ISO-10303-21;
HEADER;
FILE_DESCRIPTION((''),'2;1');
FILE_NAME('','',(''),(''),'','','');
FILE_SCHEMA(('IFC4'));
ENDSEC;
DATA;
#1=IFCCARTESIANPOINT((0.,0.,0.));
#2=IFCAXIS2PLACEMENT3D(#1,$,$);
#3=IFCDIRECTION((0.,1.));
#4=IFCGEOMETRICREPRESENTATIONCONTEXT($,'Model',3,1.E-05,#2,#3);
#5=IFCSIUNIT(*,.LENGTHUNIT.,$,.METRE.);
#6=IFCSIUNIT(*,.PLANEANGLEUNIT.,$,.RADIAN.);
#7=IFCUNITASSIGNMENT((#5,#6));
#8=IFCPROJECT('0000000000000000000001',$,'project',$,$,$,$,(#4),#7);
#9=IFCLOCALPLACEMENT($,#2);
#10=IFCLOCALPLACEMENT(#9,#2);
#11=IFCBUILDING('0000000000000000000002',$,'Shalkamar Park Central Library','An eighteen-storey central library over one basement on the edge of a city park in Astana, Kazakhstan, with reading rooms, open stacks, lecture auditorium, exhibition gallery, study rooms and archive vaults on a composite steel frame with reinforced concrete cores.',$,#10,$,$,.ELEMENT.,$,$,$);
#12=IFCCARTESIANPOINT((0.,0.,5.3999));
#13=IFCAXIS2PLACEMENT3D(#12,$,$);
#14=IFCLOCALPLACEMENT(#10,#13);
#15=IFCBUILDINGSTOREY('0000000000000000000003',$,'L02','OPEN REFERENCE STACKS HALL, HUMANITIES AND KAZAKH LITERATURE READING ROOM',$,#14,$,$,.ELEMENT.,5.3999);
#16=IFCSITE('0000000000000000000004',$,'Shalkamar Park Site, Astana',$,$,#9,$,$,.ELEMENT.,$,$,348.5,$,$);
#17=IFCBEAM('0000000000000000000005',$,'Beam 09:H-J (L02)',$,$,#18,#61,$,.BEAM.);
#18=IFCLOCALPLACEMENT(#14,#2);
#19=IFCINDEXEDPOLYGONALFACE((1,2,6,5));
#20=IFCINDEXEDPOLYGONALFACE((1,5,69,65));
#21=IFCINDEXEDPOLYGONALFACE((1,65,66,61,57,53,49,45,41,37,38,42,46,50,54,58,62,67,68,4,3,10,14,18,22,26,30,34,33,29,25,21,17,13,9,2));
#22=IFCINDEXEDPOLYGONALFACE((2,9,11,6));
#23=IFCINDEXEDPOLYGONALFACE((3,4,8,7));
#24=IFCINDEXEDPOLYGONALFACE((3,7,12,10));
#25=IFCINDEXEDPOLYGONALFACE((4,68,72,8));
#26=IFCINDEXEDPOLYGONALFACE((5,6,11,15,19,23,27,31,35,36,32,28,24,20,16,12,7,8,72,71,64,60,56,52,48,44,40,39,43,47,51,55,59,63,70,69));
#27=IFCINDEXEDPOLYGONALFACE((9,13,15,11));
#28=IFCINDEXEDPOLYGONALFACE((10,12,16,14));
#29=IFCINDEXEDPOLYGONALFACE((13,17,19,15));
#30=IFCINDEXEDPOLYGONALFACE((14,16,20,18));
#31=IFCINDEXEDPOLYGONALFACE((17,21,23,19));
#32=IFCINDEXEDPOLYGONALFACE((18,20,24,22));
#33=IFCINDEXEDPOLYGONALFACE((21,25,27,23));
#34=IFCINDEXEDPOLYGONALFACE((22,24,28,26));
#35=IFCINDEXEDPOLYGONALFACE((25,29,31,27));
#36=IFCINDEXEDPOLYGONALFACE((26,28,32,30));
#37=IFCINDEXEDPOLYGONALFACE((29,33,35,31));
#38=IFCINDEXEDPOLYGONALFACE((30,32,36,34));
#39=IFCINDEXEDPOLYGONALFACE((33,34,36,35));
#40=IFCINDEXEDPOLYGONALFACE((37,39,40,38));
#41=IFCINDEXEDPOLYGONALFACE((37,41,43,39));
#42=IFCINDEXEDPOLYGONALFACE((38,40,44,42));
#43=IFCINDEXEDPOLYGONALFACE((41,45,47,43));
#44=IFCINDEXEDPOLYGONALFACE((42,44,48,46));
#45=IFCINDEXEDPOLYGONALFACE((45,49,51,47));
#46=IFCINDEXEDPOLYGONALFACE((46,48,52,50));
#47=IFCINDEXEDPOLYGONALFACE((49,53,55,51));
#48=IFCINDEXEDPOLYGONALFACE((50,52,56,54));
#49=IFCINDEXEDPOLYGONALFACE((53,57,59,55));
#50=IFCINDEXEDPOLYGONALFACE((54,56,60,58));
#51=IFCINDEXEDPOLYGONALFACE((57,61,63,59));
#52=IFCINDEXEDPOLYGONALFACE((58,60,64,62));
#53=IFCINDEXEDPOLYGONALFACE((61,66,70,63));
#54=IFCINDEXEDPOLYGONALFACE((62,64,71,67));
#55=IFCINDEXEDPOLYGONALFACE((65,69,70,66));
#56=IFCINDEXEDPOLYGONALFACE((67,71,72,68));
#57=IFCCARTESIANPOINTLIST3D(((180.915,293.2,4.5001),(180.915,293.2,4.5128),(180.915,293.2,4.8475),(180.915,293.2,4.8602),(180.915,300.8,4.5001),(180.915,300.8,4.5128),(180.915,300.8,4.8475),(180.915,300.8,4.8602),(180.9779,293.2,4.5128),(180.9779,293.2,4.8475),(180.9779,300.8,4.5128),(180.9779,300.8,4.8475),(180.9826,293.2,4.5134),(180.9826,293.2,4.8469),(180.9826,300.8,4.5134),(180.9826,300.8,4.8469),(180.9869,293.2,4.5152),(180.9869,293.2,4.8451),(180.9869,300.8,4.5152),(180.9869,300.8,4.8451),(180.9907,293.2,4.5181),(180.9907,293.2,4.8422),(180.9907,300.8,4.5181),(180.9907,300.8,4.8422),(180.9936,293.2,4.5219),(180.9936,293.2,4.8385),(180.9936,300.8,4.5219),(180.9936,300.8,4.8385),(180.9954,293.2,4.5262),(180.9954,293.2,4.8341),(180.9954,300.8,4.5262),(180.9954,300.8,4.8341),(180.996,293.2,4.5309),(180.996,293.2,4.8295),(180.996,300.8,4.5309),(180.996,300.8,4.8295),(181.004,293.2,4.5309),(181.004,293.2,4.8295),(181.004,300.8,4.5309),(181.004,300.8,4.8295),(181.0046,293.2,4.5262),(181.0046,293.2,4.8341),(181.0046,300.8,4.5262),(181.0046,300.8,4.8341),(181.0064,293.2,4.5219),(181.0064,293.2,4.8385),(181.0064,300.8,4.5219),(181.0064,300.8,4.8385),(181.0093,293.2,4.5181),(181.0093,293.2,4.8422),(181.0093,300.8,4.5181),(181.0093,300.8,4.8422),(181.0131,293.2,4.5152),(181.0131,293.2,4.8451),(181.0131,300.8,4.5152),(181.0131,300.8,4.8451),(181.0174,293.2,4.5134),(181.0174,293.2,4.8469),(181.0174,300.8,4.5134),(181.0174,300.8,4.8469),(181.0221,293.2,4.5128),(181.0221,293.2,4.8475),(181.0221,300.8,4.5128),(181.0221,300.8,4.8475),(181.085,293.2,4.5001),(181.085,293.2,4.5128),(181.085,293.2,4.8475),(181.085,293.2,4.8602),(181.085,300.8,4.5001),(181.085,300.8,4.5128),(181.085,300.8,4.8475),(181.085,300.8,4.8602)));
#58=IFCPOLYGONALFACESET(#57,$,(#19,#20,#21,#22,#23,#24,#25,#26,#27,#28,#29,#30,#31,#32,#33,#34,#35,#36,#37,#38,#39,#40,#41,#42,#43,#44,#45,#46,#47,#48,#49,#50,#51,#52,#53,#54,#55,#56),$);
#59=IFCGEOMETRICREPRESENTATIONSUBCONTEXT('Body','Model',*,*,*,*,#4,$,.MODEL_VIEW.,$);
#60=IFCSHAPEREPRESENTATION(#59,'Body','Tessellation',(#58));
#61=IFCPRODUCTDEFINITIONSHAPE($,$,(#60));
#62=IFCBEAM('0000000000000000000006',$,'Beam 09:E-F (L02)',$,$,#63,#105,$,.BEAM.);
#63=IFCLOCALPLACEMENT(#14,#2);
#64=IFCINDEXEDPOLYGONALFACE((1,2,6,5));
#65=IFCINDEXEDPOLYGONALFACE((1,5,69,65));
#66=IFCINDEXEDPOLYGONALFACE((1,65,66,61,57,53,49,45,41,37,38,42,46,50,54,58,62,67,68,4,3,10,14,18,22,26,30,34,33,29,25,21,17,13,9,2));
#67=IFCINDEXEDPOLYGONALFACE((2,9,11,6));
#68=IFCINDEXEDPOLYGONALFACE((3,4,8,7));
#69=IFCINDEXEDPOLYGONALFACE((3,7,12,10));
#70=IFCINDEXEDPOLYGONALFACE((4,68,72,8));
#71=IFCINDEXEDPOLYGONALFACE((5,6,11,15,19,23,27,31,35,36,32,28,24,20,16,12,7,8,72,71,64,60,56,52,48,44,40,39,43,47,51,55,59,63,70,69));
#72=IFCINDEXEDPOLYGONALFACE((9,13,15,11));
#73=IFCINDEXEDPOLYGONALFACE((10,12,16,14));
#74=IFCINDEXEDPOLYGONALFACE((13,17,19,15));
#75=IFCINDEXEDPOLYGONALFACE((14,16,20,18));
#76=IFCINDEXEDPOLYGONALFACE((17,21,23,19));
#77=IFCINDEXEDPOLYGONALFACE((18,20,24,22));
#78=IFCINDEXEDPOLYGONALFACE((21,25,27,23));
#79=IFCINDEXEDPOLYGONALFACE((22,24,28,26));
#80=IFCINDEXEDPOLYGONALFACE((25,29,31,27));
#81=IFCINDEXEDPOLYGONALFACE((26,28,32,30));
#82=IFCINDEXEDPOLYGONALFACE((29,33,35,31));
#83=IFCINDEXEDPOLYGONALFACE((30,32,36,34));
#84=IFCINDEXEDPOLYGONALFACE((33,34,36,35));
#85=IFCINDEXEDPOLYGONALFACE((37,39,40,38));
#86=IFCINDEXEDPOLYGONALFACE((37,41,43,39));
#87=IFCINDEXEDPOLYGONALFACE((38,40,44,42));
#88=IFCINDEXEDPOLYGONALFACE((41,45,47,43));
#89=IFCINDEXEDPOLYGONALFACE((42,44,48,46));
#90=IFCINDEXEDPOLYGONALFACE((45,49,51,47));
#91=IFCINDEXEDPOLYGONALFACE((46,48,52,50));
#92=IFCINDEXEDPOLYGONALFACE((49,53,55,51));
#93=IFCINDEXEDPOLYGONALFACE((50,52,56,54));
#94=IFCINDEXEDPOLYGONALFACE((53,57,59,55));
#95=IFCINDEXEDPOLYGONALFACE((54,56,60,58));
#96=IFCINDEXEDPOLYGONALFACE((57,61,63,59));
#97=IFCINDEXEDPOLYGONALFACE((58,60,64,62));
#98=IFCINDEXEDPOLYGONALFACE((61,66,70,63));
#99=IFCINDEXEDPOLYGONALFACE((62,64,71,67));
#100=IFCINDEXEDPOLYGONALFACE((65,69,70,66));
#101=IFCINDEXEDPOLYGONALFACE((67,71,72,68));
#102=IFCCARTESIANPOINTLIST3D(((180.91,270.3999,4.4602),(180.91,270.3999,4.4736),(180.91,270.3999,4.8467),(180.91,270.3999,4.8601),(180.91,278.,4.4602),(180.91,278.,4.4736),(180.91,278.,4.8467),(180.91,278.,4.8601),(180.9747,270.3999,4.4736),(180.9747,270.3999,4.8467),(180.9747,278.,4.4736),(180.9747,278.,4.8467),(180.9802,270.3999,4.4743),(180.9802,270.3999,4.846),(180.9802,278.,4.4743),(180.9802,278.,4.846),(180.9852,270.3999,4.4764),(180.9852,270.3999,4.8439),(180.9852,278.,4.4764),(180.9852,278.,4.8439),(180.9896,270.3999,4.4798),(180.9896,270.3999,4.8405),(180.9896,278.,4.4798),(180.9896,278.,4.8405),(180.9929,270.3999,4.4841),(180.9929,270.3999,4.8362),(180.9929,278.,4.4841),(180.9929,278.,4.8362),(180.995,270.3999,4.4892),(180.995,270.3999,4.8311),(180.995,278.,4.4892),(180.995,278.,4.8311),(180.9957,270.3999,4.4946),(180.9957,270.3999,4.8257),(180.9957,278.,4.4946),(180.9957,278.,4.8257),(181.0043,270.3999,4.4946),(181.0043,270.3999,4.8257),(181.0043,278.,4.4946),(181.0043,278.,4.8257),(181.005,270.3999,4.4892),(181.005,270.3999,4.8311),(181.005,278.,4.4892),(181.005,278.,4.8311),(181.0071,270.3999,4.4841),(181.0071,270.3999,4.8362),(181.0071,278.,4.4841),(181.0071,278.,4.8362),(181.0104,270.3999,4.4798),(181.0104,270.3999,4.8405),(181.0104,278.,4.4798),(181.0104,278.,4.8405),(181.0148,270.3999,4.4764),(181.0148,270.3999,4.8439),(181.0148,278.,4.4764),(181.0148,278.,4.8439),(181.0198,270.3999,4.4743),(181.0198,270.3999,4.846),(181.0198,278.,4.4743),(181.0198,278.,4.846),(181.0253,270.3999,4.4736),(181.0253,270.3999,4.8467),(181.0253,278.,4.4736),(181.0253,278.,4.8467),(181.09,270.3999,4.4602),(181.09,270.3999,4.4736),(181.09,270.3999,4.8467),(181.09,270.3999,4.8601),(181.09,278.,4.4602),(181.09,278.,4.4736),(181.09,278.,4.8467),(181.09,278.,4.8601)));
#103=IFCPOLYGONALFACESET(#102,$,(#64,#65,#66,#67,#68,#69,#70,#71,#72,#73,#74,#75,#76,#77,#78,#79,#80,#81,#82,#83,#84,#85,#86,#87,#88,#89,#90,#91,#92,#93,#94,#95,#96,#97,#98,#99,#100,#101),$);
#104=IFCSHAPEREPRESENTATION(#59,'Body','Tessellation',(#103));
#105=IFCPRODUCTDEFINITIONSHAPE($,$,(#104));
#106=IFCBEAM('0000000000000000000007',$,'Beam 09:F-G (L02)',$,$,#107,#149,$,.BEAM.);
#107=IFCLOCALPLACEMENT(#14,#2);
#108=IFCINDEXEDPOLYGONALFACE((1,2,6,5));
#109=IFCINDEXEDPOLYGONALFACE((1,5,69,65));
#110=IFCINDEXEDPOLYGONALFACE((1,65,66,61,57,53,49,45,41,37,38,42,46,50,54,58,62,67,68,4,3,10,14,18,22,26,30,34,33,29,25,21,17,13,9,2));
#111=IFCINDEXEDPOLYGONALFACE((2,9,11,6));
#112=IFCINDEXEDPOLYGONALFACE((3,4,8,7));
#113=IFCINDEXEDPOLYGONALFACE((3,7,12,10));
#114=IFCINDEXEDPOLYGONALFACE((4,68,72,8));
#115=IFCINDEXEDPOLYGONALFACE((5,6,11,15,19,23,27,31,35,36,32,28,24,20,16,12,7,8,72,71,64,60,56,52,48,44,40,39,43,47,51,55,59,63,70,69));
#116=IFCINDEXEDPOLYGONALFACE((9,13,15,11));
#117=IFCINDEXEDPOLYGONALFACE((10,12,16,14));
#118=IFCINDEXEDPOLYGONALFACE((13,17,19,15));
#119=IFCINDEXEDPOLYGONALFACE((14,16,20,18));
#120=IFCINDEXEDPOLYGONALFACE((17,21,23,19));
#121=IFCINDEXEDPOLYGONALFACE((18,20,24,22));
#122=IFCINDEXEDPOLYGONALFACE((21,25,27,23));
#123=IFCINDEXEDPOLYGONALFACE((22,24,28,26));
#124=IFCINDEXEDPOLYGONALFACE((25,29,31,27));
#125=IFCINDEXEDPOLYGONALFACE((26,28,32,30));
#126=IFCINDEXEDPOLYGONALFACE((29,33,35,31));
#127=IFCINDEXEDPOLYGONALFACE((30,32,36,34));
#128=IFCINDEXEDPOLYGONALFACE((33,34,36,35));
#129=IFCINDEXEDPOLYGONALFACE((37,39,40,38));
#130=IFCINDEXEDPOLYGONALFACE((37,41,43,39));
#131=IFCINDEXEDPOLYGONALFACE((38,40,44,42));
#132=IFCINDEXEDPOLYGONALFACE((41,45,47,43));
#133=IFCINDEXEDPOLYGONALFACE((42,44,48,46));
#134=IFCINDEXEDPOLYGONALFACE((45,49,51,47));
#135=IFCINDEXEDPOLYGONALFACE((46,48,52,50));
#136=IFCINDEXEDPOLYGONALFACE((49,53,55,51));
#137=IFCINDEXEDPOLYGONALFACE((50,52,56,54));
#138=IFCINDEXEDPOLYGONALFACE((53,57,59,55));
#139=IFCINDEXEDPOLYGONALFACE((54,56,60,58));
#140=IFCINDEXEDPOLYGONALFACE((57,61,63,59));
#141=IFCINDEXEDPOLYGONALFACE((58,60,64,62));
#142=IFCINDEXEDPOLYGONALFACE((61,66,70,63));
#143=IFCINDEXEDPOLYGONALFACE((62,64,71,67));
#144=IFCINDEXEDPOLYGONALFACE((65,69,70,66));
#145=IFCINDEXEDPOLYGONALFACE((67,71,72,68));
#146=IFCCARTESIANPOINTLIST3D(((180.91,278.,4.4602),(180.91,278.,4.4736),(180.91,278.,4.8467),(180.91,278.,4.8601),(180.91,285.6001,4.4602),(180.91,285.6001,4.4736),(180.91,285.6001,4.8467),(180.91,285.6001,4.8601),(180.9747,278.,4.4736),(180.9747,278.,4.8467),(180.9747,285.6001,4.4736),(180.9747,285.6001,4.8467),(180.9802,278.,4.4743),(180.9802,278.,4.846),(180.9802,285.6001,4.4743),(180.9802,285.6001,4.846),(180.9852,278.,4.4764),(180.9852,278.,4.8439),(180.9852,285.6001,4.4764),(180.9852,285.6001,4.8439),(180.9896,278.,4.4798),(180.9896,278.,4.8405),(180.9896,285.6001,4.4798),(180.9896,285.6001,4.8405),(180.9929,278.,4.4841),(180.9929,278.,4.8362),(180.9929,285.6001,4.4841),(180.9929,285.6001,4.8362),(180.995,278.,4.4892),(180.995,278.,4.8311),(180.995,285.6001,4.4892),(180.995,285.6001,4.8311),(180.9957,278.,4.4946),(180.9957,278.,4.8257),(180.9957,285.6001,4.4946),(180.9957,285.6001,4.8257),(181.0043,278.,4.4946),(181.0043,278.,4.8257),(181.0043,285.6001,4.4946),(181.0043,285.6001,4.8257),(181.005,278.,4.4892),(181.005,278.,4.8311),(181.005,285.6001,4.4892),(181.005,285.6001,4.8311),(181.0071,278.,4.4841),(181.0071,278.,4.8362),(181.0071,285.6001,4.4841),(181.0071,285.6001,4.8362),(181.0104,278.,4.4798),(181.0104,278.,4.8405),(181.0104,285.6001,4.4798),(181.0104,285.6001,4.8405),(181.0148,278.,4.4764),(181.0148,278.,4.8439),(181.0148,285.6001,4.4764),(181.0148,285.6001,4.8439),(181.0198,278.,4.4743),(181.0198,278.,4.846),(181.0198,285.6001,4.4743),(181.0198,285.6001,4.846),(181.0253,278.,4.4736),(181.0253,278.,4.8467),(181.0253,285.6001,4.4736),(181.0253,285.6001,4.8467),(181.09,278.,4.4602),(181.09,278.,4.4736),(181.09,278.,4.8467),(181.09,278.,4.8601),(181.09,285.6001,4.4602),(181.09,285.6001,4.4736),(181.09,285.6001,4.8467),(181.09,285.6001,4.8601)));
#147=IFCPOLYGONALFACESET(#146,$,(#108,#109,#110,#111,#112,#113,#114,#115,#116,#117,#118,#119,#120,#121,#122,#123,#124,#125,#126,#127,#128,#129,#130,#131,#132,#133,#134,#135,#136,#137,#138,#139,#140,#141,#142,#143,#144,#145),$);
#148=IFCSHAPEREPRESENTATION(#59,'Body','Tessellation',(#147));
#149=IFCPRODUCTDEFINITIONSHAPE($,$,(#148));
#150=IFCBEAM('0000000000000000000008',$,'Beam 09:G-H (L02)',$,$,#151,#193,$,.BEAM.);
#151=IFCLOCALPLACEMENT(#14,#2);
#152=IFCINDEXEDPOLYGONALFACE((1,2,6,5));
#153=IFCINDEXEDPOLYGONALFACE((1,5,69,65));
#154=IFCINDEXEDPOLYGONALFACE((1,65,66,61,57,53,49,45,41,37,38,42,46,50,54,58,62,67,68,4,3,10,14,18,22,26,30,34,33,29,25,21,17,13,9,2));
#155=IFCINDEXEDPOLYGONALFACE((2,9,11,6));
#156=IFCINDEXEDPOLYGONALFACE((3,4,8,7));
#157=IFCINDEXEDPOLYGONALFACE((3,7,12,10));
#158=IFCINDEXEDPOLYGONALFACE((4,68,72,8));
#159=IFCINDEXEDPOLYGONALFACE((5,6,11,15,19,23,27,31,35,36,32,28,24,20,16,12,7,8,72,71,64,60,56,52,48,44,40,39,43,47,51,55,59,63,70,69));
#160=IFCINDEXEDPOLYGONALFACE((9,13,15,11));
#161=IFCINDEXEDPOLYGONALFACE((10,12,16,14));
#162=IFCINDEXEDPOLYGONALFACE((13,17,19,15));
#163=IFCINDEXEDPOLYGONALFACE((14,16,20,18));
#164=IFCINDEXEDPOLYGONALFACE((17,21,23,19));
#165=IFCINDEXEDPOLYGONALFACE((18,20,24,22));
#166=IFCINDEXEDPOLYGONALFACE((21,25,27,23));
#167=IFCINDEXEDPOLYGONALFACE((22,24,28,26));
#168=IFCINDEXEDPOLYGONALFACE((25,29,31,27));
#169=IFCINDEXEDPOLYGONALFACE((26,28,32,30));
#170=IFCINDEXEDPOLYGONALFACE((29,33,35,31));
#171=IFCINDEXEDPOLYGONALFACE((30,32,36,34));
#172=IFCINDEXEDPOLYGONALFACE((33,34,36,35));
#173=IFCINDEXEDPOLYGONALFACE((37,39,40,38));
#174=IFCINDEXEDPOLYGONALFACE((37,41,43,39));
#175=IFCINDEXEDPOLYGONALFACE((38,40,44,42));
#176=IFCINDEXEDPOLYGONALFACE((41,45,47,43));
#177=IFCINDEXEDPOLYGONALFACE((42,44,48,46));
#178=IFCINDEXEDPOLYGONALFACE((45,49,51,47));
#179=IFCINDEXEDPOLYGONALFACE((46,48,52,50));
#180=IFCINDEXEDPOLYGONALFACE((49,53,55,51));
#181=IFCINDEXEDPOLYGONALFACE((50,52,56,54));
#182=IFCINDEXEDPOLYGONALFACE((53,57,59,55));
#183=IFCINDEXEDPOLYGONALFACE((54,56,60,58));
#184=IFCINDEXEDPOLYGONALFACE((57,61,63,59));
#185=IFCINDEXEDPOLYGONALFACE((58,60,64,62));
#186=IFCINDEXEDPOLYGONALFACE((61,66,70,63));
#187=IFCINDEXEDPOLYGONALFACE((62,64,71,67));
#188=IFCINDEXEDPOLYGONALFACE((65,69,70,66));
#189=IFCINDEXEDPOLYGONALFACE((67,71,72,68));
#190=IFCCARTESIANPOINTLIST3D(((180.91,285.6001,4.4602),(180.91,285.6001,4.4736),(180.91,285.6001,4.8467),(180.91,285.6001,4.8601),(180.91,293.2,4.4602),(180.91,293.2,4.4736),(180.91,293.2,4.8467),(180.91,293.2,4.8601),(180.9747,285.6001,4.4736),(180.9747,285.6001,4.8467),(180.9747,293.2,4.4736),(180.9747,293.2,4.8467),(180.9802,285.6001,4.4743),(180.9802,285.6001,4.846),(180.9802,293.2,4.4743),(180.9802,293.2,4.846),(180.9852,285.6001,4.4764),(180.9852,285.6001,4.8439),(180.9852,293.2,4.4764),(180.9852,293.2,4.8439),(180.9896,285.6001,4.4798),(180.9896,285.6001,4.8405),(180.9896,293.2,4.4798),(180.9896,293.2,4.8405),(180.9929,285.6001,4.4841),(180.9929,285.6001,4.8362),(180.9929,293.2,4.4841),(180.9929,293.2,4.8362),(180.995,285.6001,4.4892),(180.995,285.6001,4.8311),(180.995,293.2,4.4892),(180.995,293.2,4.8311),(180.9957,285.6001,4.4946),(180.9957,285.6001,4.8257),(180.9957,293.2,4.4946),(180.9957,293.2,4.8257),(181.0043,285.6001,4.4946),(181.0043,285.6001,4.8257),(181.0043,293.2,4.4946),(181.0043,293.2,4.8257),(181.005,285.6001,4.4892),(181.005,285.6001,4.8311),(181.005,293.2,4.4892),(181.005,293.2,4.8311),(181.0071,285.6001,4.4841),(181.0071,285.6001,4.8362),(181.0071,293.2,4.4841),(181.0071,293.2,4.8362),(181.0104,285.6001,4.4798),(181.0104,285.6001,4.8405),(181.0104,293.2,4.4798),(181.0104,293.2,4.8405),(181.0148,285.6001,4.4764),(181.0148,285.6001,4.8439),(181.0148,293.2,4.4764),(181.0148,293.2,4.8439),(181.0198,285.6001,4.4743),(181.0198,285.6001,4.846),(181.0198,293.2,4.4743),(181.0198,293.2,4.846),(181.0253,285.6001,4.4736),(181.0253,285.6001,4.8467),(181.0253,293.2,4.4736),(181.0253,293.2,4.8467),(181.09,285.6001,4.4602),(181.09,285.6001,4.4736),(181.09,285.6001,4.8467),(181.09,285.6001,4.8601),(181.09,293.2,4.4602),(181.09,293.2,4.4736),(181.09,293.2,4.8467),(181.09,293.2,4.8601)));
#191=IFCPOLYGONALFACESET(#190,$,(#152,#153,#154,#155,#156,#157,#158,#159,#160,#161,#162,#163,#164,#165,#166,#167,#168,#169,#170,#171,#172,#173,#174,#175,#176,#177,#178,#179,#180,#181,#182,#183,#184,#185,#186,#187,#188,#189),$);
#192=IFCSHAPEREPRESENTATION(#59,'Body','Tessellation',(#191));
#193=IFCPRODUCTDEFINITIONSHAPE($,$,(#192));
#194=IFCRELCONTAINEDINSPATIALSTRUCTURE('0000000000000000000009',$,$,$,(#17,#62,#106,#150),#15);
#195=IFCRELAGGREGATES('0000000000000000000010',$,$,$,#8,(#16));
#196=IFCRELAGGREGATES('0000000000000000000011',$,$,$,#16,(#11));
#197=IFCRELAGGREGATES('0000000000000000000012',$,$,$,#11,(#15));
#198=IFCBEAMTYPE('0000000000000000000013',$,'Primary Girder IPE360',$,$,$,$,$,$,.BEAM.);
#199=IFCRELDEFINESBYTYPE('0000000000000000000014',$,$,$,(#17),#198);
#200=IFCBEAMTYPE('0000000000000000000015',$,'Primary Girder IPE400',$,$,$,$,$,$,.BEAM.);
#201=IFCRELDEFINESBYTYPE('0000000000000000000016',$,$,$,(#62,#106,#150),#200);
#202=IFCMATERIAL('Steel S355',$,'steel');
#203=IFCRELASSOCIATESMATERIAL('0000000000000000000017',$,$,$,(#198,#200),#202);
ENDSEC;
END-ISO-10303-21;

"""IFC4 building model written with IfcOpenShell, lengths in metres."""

from ifc_helpers import new_model, si_unit, direction, frame, origin, origin_2d, place, context, subcontext, project, spatial, i_section, extrude, material, material_profile, profile_set, type_object, element, save


model = new_model("IFC4")

# Units and contexts
model_context = context("Model", 3, precision=1e-05, world=origin(), true_north=direction((0.0, 1.0)))
body_context = subcontext(model_context, "Body", "Model", "MODEL_VIEW")
ifc_project = project(units=[si_unit("LENGTHUNIT", "METRE"), si_unit("PLANEANGLEUNIT", "RADIAN")], contexts=[model_context])

# Site, building, storey
site_placement = place(None, origin())
site = spatial("IfcSite", under=ifc_project, at=site_placement, Name="Shalkamar Park Site, Astana", CompositionType="ELEMENT", RefElevation=348.5)
building_placement = place(site_placement, origin())
building = spatial("IfcBuilding", under=site, at=building_placement, Name="Shalkamar Park Central Library", Description="An eighteen-storey central library over one basement on the edge of a city park in Astana, Kazakhstan, with reading rooms, open stacks, lecture auditorium, exhibition gallery, study rooms and archive vaults on a composite steel frame with reinforced concrete cores.", CompositionType="ELEMENT")
storey_placement = place(building_placement, frame((0.0, 0.0, 5.3999)))
storey = spatial("IfcBuildingStorey", under=building, at=storey_placement, Name="L02", Description="OPEN REFERENCE STACKS HALL, HUMANITIES AND KAZAKH LITERATURE READING ROOM", CompositionType="ELEMENT", Elevation=5.3999)

# Shared definitions
ifc_material = material(Name="Steel S355", Category="steel")

# Beams
ifc_material_profile_1 = material_profile(ifc_material, i_section(OverallWidth=0.1699, OverallDepth=0.3601, WebThickness=0.0081, FlangeThickness=0.0127, FilletRadius=0.0181, at=origin_2d()), Name="IPE 360")
ifc_profile_set_1 = profile_set([ifc_material_profile_1], Name="Steel S355")
beam_type_1 = type_object("IfcBeamType", Name="Primary Girder IPE360", PredefinedType="BEAM", material=ifc_profile_set_1)
for number, where, z_axis, x_axis, name in (
    (1, (181.0, 293.2, 4.6802), (0.0, 1.0, 0.0), (-1.0, 0.0, 0.0), "Beam 09:H-J (L02)"),
):
    element("IfcBeam", number, at=place(storey_placement, frame(where, z_axis=z_axis, x_axis=x_axis)), inside=storey, type_object=beam_type_1, Name=name, PredefinedType="BEAM", context=body_context, shape_type="SweptSolid", body=[
        extrude(i_section(OverallWidth=0.1699, OverallDepth=0.3601, WebThickness=0.0081, FlangeThickness=0.0127, FilletRadius=0.0181, at=origin_2d()), origin(), (0.0, 0.0, 1.0), 7.6001),
    ])
ifc_material_profile_2 = material_profile(ifc_material, i_section(OverallWidth=0.1799, OverallDepth=0.3999, WebThickness=0.0085, FlangeThickness=0.0134, FilletRadius=0.021, at=origin_2d()), Name="IPE 400")
ifc_profile_set_2 = profile_set([ifc_material_profile_2], Name="Steel S355")
beam_type_2 = type_object("IfcBeamType", Name="Primary Girder IPE400", PredefinedType="BEAM", material=ifc_profile_set_2)
for number, where, z_axis, x_axis, name in (
    (2, (181.0, 270.3999, 4.6602), (0.0, 1.0, 0.0), (-1.0, 0.0, 0.0), "Beam 09:E-F (L02)"),
    (3, (181.0, 278.0, 4.6602), (0.0, 1.0, 0.0), (-1.0, 0.0, 0.0), "Beam 09:F-G (L02)"),
):
    element("IfcBeam", number, at=place(storey_placement, frame(where, z_axis=z_axis, x_axis=x_axis)), inside=storey, type_object=beam_type_2, Name=name, PredefinedType="BEAM", context=body_context, shape_type="SweptSolid", body=[
        extrude(i_section(OverallWidth=0.1799, OverallDepth=0.3999, WebThickness=0.0085, FlangeThickness=0.0134, FilletRadius=0.021, at=origin_2d()), origin(), (0.0, 0.0, 1.0), 7.6001),
    ])
beam_1_placement = place(storey_placement, frame((181.0, 285.6001, 4.6602), z_axis=(0.0, 1.0, 0.0), x_axis=(-1.0, 0.0, 0.0)))
element("IfcBeam", 4, at=beam_1_placement, inside=storey, type_object=beam_type_2, Name="Beam 09:G-H (L02)", PredefinedType="BEAM", context=body_context, shape_type="SweptSolid", body=[
    extrude(i_section(OverallWidth=0.1799, OverallDepth=0.3999, WebThickness=0.0085, FlangeThickness=0.0134, FilletRadius=0.021, at=origin_2d()), origin(), (0.0, 0.0, 1.0), 7.5999),
])

save(model, "model.ifc")
